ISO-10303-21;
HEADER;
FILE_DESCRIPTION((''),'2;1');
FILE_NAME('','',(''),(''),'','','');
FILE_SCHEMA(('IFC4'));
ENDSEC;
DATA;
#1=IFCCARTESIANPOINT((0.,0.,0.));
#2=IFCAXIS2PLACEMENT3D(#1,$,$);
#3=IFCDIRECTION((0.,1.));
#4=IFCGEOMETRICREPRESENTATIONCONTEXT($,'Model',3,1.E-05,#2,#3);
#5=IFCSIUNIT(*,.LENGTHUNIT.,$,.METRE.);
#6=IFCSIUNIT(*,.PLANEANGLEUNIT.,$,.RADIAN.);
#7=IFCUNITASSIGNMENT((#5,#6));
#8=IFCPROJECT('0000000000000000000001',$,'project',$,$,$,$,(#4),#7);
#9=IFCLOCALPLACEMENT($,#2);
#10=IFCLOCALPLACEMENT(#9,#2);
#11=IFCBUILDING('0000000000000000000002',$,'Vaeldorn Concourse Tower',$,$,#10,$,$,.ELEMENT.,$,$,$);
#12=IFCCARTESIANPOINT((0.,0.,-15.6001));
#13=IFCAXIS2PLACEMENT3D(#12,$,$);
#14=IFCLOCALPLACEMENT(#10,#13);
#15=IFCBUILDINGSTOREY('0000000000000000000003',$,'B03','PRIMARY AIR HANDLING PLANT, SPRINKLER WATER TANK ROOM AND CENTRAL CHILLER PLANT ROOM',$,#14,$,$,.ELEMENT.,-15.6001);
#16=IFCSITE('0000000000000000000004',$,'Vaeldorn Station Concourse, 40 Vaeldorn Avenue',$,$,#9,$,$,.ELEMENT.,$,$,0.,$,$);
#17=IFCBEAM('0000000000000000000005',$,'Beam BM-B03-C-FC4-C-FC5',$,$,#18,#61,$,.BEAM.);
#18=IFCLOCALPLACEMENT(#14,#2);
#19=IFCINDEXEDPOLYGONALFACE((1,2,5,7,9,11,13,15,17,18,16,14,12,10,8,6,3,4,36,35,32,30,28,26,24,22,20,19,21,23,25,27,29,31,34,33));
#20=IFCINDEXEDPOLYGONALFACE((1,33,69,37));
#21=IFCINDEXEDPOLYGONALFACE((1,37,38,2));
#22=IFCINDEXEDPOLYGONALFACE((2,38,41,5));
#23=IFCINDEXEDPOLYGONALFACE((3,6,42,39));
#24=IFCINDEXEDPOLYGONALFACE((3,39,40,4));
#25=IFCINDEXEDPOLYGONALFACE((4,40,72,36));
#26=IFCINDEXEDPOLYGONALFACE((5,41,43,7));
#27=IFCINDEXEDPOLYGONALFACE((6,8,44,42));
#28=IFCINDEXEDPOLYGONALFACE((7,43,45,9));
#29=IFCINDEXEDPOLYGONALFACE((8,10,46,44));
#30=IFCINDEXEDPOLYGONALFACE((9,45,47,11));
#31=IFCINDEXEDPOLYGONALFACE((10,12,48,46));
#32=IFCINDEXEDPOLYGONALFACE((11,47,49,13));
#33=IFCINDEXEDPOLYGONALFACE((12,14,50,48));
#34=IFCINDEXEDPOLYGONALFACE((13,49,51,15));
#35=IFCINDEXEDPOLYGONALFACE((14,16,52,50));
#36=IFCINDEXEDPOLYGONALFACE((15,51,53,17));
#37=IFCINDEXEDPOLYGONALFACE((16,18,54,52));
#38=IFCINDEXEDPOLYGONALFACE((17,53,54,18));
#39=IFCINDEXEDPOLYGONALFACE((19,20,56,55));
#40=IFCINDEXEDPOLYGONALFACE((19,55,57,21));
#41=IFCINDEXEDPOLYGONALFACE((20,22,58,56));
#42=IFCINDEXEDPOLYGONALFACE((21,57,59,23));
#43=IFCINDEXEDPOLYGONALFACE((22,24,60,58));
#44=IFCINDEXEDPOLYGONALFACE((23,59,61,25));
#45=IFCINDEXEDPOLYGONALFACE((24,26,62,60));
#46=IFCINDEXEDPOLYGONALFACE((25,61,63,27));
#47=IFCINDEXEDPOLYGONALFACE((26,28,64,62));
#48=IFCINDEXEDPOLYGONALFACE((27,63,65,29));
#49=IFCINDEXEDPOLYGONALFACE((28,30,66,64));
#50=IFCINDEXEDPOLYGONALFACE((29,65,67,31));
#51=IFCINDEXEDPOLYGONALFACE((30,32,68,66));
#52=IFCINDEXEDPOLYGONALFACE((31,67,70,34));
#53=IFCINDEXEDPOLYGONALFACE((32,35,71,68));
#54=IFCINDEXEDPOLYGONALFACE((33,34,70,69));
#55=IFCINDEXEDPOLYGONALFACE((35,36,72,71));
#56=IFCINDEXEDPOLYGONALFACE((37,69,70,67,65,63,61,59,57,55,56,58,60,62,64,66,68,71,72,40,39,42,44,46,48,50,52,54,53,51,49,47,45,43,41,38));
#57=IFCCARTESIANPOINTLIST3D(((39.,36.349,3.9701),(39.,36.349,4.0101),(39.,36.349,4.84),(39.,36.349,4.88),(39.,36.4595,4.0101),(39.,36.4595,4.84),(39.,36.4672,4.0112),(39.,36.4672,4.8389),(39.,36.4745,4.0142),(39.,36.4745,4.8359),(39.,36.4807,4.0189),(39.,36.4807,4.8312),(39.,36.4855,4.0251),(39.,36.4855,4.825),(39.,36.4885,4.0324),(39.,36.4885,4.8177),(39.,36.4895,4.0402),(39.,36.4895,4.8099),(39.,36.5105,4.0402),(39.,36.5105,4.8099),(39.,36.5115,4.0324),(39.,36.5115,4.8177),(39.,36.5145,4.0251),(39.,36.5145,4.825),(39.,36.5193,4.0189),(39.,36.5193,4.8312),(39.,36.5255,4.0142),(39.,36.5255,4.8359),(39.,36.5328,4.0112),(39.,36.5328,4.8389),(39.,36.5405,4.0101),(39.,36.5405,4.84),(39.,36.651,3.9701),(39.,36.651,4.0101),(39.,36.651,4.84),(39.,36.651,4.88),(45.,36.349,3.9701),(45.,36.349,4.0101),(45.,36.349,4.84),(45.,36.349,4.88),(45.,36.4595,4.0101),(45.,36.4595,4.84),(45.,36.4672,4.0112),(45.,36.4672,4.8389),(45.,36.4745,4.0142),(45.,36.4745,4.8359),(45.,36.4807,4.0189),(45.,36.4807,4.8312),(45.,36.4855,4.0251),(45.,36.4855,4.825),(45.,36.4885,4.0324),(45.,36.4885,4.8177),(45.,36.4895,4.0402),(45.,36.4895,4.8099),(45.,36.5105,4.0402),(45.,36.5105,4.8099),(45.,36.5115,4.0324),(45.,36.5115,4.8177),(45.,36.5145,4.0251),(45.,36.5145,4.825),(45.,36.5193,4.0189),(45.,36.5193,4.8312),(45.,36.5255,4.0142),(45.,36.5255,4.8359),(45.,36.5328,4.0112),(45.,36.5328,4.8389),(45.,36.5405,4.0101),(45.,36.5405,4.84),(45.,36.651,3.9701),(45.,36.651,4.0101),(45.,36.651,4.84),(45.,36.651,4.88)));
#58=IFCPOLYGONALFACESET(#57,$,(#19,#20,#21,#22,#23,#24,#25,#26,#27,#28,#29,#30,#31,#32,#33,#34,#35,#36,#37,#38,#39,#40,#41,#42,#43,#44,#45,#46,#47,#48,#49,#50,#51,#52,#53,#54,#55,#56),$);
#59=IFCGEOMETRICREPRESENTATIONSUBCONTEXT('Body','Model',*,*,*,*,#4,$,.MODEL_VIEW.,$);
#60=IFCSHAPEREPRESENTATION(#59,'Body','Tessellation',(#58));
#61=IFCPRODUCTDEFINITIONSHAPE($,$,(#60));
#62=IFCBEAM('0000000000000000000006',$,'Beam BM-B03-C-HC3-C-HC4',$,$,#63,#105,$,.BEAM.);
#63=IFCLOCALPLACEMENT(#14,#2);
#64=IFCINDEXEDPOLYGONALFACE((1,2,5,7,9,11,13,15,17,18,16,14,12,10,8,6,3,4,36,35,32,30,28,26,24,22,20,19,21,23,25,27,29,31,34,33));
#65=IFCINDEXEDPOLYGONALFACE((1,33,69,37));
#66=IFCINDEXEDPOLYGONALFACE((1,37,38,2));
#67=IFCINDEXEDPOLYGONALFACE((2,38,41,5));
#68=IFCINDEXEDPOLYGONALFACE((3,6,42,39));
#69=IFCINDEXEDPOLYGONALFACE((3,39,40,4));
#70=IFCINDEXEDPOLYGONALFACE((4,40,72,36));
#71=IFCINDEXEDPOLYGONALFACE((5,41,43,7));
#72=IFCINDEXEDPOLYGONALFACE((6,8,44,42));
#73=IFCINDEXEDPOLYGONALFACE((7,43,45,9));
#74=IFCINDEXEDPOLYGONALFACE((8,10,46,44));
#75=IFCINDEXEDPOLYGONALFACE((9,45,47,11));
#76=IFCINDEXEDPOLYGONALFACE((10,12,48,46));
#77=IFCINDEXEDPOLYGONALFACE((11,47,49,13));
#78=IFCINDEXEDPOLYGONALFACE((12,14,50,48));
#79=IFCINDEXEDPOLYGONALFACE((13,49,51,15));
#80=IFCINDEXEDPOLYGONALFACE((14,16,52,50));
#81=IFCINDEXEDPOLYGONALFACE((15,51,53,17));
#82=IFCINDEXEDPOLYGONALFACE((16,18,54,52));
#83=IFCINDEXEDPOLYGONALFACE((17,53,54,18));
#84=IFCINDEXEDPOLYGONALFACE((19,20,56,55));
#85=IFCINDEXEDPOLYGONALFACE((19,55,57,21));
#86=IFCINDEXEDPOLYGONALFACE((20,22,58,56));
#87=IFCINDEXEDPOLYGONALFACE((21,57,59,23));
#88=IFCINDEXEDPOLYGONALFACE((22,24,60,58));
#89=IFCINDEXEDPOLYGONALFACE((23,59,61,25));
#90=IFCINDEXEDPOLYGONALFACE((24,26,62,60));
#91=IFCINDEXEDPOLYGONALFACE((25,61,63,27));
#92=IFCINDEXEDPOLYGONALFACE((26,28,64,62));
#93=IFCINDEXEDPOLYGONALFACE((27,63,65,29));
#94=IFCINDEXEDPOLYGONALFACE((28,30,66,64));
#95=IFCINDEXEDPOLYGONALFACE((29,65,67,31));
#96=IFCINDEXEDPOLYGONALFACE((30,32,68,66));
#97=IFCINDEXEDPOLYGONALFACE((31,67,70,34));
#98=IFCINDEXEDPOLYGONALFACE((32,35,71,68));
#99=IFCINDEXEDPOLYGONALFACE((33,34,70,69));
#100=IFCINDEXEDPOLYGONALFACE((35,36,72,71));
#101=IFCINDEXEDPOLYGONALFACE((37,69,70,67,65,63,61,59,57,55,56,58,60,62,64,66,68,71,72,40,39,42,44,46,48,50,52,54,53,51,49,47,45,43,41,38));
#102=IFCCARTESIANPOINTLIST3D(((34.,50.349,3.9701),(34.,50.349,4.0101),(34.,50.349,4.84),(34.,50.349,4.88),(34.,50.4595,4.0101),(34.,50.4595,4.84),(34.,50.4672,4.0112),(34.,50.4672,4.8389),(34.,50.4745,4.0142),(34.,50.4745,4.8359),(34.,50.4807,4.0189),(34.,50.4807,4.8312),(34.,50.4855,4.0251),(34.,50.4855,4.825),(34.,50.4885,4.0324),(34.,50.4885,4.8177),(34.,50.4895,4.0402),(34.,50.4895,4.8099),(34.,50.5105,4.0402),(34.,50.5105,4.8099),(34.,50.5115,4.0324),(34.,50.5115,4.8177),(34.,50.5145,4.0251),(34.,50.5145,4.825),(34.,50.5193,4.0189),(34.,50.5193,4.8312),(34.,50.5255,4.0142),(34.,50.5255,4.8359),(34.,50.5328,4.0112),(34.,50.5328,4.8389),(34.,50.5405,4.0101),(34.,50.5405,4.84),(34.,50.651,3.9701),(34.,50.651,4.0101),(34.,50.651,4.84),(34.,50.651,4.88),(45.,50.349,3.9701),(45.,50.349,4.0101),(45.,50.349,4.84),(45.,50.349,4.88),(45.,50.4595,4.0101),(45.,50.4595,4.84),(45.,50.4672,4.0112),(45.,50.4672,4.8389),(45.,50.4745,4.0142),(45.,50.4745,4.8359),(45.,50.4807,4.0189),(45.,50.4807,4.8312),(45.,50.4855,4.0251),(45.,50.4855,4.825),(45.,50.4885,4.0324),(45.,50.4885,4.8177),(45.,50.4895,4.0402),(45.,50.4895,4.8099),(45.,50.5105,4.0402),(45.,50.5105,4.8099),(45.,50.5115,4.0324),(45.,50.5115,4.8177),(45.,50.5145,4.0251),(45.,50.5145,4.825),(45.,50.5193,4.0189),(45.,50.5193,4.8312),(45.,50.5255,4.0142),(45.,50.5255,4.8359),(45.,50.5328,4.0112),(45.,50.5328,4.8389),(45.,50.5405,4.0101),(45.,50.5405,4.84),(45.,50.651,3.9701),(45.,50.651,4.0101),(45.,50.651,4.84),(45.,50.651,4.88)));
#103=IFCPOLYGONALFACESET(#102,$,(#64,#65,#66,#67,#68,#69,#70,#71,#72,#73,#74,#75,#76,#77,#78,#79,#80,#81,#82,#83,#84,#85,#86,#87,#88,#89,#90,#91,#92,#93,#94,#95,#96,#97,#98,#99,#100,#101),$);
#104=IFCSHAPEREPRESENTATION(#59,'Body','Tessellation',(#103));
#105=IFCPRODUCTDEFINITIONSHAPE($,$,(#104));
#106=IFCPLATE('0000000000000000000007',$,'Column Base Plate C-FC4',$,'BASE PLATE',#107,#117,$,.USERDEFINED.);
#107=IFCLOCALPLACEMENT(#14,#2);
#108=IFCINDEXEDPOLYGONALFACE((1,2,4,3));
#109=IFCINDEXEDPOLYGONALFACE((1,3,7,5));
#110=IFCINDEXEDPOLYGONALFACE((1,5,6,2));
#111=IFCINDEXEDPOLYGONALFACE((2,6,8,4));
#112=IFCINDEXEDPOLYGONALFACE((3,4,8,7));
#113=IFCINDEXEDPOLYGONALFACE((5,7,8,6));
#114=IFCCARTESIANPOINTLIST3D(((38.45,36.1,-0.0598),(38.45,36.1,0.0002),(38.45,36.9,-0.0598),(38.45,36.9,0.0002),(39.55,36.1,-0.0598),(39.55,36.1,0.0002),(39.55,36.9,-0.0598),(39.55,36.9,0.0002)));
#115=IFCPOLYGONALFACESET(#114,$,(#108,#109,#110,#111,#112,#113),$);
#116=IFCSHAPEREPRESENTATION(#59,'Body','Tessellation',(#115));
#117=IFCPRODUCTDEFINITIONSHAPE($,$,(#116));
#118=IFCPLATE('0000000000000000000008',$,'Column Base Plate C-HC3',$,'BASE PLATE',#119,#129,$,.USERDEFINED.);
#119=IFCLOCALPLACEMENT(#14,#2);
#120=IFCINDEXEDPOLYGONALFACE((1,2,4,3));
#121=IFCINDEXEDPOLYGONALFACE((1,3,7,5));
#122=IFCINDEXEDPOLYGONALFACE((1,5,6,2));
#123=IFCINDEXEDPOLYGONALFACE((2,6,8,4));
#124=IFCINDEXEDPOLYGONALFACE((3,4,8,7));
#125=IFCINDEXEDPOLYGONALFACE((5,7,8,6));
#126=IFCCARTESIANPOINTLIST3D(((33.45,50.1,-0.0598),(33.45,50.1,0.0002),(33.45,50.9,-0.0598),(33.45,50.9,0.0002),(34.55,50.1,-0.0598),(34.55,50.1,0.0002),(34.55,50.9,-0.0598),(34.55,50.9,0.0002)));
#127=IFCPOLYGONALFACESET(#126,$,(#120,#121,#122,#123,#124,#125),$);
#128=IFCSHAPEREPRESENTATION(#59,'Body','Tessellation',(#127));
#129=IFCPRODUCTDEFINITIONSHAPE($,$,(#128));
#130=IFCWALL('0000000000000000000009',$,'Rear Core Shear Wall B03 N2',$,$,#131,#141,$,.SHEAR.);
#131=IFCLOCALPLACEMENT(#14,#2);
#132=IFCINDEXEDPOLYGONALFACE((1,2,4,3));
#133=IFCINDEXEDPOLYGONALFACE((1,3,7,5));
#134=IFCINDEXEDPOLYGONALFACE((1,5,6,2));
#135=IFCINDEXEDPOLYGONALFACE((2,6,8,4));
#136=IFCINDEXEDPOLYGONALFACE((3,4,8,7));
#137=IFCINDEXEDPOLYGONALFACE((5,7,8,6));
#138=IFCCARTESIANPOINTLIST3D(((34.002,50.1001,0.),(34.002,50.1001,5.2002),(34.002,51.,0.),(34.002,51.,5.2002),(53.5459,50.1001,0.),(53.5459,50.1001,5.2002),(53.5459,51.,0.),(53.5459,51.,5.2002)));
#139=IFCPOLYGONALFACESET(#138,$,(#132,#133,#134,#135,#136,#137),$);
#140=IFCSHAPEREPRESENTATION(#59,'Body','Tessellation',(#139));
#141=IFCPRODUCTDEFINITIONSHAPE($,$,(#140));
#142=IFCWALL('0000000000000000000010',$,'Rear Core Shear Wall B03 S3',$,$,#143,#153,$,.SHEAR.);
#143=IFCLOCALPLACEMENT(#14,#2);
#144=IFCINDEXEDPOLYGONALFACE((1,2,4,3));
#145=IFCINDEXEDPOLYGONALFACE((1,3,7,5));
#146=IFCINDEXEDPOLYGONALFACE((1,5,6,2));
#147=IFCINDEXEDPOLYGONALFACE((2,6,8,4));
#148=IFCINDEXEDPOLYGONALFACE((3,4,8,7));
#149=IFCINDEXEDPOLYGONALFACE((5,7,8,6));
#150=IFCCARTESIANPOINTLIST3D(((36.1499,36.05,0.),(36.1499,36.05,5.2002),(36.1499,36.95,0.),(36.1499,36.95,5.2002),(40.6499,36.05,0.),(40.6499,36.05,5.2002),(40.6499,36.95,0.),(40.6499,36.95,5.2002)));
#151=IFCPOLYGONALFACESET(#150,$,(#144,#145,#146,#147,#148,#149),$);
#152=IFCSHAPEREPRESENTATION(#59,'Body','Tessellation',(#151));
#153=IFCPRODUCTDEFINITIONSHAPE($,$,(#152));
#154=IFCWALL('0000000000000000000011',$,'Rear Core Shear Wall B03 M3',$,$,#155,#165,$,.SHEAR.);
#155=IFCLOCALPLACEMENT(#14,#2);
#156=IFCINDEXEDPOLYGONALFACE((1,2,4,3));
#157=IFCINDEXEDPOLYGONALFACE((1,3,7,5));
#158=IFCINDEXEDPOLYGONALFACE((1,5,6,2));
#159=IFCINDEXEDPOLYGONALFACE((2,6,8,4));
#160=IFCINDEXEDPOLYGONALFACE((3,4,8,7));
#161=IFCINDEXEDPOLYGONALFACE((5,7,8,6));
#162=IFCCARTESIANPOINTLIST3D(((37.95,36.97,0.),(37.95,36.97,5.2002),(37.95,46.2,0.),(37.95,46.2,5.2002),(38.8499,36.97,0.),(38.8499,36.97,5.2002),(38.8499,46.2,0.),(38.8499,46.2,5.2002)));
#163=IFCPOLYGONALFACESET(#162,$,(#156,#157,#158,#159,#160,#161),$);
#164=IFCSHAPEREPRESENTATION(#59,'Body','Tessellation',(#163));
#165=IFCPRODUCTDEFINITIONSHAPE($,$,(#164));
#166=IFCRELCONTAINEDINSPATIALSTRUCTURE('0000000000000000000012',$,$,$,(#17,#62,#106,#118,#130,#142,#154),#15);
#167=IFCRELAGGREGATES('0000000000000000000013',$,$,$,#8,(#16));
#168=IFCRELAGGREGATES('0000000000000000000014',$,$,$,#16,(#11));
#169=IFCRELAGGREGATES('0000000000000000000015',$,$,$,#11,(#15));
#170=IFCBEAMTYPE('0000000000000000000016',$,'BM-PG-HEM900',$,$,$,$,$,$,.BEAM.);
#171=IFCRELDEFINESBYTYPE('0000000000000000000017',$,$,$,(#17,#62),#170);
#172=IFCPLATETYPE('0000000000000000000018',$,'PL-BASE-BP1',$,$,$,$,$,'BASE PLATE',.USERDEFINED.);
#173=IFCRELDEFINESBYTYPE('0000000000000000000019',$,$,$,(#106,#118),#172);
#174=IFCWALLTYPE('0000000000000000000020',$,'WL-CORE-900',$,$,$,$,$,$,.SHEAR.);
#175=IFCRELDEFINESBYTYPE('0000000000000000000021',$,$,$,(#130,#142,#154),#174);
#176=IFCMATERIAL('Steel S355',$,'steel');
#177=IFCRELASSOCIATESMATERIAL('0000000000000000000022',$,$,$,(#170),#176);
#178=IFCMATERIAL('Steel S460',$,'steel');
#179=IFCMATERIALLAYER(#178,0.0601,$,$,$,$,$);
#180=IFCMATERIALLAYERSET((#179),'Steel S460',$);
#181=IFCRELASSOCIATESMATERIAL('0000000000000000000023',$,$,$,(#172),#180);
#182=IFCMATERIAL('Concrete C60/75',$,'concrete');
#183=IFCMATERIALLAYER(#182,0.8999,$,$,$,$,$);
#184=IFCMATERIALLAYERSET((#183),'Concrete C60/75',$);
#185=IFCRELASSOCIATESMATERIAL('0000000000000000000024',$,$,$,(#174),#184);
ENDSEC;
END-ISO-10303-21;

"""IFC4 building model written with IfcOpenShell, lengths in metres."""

from ifc_helpers import new_model, si_unit, direction, frame, frame_2d, origin, origin_2d, place, context, subcontext, project, spatial, rectangle, i_section, extrude, source, transform, mapped, material, layer, layer_set, material_profile, profile_set, type_object, element, save


model = new_model("IFC4")

# Units and contexts
model_context = context("Model", 3, precision=1e-05, world=origin(), true_north=direction((0.0, 1.0)))
body_context = subcontext(model_context, "Body", "Model", "MODEL_VIEW")
ifc_project = project(units=[si_unit("LENGTHUNIT", "METRE"), si_unit("PLANEANGLEUNIT", "RADIAN")], contexts=[model_context])

# Site, building, storey
site_placement = place(None, origin())
site = spatial("IfcSite", under=ifc_project, at=site_placement, Name="Vaeldorn Station Concourse, 40 Vaeldorn Avenue", CompositionType="ELEMENT", RefElevation=0.0)
building_placement = place(site_placement, origin())
building = spatial("IfcBuilding", under=site, at=building_placement, Name="Vaeldorn Concourse Tower", CompositionType="ELEMENT")
storey_placement = place(building_placement, frame((0.0, 0.0, -15.6001)))
storey = spatial("IfcBuildingStorey", under=building, at=storey_placement, Name="B03", Description="PRIMARY AIR HANDLING PLANT, SPRINKLER WATER TANK ROOM AND CENTRAL CHILLER PLANT ROOM", CompositionType="ELEMENT", Elevation=-15.6001)

# Shared definitions
ifc_material_1 = material(Name="Steel S460", Category="steel")

# Beams
ifc_material_2 = material(Name="Steel S355", Category="steel")
ifc_material_profile_1 = material_profile(ifc_material_2, i_section(OverallWidth=0.302, OverallDepth=0.9099, WebThickness=0.021, FlangeThickness=0.04, FilletRadius=0.03, at=origin_2d()), Name="HEM 900")
ifc_profile_set_1 = profile_set([ifc_material_profile_1], Name="Steel S355")
beam_type = type_object("IfcBeamType", Name="BM-PG-HEM900", PredefinedType="BEAM", material=ifc_profile_set_1)
shared_shape_1 = source(origin(), body_context, "Body", "SweptSolid", [
    extrude(i_section(OverallWidth=0.302, OverallDepth=0.9099, WebThickness=0.021, FlangeThickness=0.04, FilletRadius=0.03, at=origin_2d()), origin(), (0.0, 0.0, 1.0), 6.0),
])
beam_1_placement = place(storey_placement, frame((39.0, 36.5, 4.425), z_axis=(1.0, 0.0, 0.0), x_axis=(0.0, 1.0, 0.0)))
element("IfcBeam", 1, at=beam_1_placement, inside=storey, type_object=beam_type, Name="Beam BM-B03-C-FC4-C-FC5", PredefinedType="BEAM", context=body_context, shape_type="MappedRepresentation", body=[
    mapped(shared_shape_1, transform((0.0, 0.0, 0.0), scale=1.0)),
])
shared_shape_2 = source(origin(), body_context, "Body", "SweptSolid", [
    extrude(i_section(OverallWidth=0.302, OverallDepth=0.9099, WebThickness=0.021, FlangeThickness=0.04, FilletRadius=0.03, at=origin_2d()), origin(), (0.0, 0.0, 1.0), 11.0),
])
beam_2_placement = place(storey_placement, frame((34.0, 50.5, 4.425), z_axis=(1.0, 0.0, 0.0), x_axis=(0.0, 1.0, 0.0)))
element("IfcBeam", 2, at=beam_2_placement, inside=storey, type_object=beam_type, Name="Beam BM-B03-C-HC3-C-HC4", PredefinedType="BEAM", context=body_context, shape_type="MappedRepresentation", body=[
    mapped(shared_shape_2, transform((0.0, 0.0, 0.0), scale=1.0)),
])

# Plates
ifc_layer_1 = layer(ifc_material_1, 0.0601)
ifc_layer_set_1 = layer_set([ifc_layer_1], Name="Steel S460")
plate_type = type_object("IfcPlateType", Name="PL-BASE-BP1", ElementType="BASE PLATE", PredefinedType="USERDEFINED", material=ifc_layer_set_1)
shared_shape_3 = source(origin(), body_context, "Body", "SweptSolid", [
    extrude(rectangle(XDim=1.1001, YDim=0.8, at=origin_2d()), origin(), (0.0, 0.0, 1.0), 0.0601),
])
for number, where, z_axis, x_axis, name in (
    (3, (39.0, 36.5, -0.0598), (0.0, 0.0, 1.0), (1.0, 0.0, 0.0), "Column Base Plate C-FC4"),
    (4, (34.0, 50.5, -0.0598), (0.0, 0.0, 1.0), (1.0, 0.0, 0.0), "Column Base Plate C-HC3"),
):
    element("IfcPlate", number, at=place(storey_placement, frame(where, z_axis=z_axis, x_axis=x_axis)), inside=storey, type_object=plate_type, Name=name, ObjectType="BASE PLATE", PredefinedType="USERDEFINED", context=body_context, shape_type="MappedRepresentation", body=[
        mapped(shared_shape_3, transform((0.0, 0.0, 0.0), scale=1.0)),
    ])

# Walls
ifc_material_3 = material(Name="Concrete C60/75", Category="concrete")
ifc_layer_2 = layer(ifc_material_3, 0.8999)
ifc_layer_set_2 = layer_set([ifc_layer_2], Name="Concrete C60/75")
wall_type_1 = type_object("IfcWallType", Name="WL-CORE-900", PredefinedType="SHEAR", material=ifc_layer_set_2)
wall_1_placement = place(storey_placement, frame((34.002, 50.55, 0.0), z_axis=(0.0, 0.0, 1.0), x_axis=(1.0, 0.0, 0.0)))
element("IfcWall", 5, at=wall_1_placement, inside=storey, type_object=wall_type_1, Name="Rear Core Shear Wall B03 N2", PredefinedType="SHEAR", context=body_context, shape_type="SweptSolid", body=[
    extrude(rectangle(XDim=19.5439, YDim=0.8999, at=frame_2d((9.772, 0.0))), origin(), (0.0, 0.0, 1.0), 5.2002),
])
wall_2_placement = place(storey_placement, frame((36.1499, 36.5, 0.0), z_axis=(0.0, 0.0, 1.0), x_axis=(1.0, 0.0, 0.0)))
element("IfcWall", 6, at=wall_2_placement, inside=storey, type_object=wall_type_1, Name="Rear Core Shear Wall B03 S3", PredefinedType="SHEAR", context=body_context, shape_type="SweptSolid", body=[
    extrude(rectangle(XDim=4.5, YDim=0.8999, at=frame_2d((2.25, 0.0))), origin(), (0.0, 0.0, 1.0), 5.2002),
])
wall_3_placement = place(storey_placement, frame((38.3999, 36.97, 0.0), z_axis=(0.0, 0.0, 1.0), x_axis=(0.0, 1.0, 0.0)))
element("IfcWall", 7, at=wall_3_placement, inside=storey, type_object=wall_type_1, Name="Rear Core Shear Wall B03 M3", PredefinedType="SHEAR", context=body_context, shape_type="SweptSolid", body=[
    extrude(rectangle(XDim=9.23, YDim=0.8999, at=frame_2d((4.615, 0.0))), origin(), (0.0, 0.0, 1.0), 5.2002),
])

save(model, "model.ifc")
